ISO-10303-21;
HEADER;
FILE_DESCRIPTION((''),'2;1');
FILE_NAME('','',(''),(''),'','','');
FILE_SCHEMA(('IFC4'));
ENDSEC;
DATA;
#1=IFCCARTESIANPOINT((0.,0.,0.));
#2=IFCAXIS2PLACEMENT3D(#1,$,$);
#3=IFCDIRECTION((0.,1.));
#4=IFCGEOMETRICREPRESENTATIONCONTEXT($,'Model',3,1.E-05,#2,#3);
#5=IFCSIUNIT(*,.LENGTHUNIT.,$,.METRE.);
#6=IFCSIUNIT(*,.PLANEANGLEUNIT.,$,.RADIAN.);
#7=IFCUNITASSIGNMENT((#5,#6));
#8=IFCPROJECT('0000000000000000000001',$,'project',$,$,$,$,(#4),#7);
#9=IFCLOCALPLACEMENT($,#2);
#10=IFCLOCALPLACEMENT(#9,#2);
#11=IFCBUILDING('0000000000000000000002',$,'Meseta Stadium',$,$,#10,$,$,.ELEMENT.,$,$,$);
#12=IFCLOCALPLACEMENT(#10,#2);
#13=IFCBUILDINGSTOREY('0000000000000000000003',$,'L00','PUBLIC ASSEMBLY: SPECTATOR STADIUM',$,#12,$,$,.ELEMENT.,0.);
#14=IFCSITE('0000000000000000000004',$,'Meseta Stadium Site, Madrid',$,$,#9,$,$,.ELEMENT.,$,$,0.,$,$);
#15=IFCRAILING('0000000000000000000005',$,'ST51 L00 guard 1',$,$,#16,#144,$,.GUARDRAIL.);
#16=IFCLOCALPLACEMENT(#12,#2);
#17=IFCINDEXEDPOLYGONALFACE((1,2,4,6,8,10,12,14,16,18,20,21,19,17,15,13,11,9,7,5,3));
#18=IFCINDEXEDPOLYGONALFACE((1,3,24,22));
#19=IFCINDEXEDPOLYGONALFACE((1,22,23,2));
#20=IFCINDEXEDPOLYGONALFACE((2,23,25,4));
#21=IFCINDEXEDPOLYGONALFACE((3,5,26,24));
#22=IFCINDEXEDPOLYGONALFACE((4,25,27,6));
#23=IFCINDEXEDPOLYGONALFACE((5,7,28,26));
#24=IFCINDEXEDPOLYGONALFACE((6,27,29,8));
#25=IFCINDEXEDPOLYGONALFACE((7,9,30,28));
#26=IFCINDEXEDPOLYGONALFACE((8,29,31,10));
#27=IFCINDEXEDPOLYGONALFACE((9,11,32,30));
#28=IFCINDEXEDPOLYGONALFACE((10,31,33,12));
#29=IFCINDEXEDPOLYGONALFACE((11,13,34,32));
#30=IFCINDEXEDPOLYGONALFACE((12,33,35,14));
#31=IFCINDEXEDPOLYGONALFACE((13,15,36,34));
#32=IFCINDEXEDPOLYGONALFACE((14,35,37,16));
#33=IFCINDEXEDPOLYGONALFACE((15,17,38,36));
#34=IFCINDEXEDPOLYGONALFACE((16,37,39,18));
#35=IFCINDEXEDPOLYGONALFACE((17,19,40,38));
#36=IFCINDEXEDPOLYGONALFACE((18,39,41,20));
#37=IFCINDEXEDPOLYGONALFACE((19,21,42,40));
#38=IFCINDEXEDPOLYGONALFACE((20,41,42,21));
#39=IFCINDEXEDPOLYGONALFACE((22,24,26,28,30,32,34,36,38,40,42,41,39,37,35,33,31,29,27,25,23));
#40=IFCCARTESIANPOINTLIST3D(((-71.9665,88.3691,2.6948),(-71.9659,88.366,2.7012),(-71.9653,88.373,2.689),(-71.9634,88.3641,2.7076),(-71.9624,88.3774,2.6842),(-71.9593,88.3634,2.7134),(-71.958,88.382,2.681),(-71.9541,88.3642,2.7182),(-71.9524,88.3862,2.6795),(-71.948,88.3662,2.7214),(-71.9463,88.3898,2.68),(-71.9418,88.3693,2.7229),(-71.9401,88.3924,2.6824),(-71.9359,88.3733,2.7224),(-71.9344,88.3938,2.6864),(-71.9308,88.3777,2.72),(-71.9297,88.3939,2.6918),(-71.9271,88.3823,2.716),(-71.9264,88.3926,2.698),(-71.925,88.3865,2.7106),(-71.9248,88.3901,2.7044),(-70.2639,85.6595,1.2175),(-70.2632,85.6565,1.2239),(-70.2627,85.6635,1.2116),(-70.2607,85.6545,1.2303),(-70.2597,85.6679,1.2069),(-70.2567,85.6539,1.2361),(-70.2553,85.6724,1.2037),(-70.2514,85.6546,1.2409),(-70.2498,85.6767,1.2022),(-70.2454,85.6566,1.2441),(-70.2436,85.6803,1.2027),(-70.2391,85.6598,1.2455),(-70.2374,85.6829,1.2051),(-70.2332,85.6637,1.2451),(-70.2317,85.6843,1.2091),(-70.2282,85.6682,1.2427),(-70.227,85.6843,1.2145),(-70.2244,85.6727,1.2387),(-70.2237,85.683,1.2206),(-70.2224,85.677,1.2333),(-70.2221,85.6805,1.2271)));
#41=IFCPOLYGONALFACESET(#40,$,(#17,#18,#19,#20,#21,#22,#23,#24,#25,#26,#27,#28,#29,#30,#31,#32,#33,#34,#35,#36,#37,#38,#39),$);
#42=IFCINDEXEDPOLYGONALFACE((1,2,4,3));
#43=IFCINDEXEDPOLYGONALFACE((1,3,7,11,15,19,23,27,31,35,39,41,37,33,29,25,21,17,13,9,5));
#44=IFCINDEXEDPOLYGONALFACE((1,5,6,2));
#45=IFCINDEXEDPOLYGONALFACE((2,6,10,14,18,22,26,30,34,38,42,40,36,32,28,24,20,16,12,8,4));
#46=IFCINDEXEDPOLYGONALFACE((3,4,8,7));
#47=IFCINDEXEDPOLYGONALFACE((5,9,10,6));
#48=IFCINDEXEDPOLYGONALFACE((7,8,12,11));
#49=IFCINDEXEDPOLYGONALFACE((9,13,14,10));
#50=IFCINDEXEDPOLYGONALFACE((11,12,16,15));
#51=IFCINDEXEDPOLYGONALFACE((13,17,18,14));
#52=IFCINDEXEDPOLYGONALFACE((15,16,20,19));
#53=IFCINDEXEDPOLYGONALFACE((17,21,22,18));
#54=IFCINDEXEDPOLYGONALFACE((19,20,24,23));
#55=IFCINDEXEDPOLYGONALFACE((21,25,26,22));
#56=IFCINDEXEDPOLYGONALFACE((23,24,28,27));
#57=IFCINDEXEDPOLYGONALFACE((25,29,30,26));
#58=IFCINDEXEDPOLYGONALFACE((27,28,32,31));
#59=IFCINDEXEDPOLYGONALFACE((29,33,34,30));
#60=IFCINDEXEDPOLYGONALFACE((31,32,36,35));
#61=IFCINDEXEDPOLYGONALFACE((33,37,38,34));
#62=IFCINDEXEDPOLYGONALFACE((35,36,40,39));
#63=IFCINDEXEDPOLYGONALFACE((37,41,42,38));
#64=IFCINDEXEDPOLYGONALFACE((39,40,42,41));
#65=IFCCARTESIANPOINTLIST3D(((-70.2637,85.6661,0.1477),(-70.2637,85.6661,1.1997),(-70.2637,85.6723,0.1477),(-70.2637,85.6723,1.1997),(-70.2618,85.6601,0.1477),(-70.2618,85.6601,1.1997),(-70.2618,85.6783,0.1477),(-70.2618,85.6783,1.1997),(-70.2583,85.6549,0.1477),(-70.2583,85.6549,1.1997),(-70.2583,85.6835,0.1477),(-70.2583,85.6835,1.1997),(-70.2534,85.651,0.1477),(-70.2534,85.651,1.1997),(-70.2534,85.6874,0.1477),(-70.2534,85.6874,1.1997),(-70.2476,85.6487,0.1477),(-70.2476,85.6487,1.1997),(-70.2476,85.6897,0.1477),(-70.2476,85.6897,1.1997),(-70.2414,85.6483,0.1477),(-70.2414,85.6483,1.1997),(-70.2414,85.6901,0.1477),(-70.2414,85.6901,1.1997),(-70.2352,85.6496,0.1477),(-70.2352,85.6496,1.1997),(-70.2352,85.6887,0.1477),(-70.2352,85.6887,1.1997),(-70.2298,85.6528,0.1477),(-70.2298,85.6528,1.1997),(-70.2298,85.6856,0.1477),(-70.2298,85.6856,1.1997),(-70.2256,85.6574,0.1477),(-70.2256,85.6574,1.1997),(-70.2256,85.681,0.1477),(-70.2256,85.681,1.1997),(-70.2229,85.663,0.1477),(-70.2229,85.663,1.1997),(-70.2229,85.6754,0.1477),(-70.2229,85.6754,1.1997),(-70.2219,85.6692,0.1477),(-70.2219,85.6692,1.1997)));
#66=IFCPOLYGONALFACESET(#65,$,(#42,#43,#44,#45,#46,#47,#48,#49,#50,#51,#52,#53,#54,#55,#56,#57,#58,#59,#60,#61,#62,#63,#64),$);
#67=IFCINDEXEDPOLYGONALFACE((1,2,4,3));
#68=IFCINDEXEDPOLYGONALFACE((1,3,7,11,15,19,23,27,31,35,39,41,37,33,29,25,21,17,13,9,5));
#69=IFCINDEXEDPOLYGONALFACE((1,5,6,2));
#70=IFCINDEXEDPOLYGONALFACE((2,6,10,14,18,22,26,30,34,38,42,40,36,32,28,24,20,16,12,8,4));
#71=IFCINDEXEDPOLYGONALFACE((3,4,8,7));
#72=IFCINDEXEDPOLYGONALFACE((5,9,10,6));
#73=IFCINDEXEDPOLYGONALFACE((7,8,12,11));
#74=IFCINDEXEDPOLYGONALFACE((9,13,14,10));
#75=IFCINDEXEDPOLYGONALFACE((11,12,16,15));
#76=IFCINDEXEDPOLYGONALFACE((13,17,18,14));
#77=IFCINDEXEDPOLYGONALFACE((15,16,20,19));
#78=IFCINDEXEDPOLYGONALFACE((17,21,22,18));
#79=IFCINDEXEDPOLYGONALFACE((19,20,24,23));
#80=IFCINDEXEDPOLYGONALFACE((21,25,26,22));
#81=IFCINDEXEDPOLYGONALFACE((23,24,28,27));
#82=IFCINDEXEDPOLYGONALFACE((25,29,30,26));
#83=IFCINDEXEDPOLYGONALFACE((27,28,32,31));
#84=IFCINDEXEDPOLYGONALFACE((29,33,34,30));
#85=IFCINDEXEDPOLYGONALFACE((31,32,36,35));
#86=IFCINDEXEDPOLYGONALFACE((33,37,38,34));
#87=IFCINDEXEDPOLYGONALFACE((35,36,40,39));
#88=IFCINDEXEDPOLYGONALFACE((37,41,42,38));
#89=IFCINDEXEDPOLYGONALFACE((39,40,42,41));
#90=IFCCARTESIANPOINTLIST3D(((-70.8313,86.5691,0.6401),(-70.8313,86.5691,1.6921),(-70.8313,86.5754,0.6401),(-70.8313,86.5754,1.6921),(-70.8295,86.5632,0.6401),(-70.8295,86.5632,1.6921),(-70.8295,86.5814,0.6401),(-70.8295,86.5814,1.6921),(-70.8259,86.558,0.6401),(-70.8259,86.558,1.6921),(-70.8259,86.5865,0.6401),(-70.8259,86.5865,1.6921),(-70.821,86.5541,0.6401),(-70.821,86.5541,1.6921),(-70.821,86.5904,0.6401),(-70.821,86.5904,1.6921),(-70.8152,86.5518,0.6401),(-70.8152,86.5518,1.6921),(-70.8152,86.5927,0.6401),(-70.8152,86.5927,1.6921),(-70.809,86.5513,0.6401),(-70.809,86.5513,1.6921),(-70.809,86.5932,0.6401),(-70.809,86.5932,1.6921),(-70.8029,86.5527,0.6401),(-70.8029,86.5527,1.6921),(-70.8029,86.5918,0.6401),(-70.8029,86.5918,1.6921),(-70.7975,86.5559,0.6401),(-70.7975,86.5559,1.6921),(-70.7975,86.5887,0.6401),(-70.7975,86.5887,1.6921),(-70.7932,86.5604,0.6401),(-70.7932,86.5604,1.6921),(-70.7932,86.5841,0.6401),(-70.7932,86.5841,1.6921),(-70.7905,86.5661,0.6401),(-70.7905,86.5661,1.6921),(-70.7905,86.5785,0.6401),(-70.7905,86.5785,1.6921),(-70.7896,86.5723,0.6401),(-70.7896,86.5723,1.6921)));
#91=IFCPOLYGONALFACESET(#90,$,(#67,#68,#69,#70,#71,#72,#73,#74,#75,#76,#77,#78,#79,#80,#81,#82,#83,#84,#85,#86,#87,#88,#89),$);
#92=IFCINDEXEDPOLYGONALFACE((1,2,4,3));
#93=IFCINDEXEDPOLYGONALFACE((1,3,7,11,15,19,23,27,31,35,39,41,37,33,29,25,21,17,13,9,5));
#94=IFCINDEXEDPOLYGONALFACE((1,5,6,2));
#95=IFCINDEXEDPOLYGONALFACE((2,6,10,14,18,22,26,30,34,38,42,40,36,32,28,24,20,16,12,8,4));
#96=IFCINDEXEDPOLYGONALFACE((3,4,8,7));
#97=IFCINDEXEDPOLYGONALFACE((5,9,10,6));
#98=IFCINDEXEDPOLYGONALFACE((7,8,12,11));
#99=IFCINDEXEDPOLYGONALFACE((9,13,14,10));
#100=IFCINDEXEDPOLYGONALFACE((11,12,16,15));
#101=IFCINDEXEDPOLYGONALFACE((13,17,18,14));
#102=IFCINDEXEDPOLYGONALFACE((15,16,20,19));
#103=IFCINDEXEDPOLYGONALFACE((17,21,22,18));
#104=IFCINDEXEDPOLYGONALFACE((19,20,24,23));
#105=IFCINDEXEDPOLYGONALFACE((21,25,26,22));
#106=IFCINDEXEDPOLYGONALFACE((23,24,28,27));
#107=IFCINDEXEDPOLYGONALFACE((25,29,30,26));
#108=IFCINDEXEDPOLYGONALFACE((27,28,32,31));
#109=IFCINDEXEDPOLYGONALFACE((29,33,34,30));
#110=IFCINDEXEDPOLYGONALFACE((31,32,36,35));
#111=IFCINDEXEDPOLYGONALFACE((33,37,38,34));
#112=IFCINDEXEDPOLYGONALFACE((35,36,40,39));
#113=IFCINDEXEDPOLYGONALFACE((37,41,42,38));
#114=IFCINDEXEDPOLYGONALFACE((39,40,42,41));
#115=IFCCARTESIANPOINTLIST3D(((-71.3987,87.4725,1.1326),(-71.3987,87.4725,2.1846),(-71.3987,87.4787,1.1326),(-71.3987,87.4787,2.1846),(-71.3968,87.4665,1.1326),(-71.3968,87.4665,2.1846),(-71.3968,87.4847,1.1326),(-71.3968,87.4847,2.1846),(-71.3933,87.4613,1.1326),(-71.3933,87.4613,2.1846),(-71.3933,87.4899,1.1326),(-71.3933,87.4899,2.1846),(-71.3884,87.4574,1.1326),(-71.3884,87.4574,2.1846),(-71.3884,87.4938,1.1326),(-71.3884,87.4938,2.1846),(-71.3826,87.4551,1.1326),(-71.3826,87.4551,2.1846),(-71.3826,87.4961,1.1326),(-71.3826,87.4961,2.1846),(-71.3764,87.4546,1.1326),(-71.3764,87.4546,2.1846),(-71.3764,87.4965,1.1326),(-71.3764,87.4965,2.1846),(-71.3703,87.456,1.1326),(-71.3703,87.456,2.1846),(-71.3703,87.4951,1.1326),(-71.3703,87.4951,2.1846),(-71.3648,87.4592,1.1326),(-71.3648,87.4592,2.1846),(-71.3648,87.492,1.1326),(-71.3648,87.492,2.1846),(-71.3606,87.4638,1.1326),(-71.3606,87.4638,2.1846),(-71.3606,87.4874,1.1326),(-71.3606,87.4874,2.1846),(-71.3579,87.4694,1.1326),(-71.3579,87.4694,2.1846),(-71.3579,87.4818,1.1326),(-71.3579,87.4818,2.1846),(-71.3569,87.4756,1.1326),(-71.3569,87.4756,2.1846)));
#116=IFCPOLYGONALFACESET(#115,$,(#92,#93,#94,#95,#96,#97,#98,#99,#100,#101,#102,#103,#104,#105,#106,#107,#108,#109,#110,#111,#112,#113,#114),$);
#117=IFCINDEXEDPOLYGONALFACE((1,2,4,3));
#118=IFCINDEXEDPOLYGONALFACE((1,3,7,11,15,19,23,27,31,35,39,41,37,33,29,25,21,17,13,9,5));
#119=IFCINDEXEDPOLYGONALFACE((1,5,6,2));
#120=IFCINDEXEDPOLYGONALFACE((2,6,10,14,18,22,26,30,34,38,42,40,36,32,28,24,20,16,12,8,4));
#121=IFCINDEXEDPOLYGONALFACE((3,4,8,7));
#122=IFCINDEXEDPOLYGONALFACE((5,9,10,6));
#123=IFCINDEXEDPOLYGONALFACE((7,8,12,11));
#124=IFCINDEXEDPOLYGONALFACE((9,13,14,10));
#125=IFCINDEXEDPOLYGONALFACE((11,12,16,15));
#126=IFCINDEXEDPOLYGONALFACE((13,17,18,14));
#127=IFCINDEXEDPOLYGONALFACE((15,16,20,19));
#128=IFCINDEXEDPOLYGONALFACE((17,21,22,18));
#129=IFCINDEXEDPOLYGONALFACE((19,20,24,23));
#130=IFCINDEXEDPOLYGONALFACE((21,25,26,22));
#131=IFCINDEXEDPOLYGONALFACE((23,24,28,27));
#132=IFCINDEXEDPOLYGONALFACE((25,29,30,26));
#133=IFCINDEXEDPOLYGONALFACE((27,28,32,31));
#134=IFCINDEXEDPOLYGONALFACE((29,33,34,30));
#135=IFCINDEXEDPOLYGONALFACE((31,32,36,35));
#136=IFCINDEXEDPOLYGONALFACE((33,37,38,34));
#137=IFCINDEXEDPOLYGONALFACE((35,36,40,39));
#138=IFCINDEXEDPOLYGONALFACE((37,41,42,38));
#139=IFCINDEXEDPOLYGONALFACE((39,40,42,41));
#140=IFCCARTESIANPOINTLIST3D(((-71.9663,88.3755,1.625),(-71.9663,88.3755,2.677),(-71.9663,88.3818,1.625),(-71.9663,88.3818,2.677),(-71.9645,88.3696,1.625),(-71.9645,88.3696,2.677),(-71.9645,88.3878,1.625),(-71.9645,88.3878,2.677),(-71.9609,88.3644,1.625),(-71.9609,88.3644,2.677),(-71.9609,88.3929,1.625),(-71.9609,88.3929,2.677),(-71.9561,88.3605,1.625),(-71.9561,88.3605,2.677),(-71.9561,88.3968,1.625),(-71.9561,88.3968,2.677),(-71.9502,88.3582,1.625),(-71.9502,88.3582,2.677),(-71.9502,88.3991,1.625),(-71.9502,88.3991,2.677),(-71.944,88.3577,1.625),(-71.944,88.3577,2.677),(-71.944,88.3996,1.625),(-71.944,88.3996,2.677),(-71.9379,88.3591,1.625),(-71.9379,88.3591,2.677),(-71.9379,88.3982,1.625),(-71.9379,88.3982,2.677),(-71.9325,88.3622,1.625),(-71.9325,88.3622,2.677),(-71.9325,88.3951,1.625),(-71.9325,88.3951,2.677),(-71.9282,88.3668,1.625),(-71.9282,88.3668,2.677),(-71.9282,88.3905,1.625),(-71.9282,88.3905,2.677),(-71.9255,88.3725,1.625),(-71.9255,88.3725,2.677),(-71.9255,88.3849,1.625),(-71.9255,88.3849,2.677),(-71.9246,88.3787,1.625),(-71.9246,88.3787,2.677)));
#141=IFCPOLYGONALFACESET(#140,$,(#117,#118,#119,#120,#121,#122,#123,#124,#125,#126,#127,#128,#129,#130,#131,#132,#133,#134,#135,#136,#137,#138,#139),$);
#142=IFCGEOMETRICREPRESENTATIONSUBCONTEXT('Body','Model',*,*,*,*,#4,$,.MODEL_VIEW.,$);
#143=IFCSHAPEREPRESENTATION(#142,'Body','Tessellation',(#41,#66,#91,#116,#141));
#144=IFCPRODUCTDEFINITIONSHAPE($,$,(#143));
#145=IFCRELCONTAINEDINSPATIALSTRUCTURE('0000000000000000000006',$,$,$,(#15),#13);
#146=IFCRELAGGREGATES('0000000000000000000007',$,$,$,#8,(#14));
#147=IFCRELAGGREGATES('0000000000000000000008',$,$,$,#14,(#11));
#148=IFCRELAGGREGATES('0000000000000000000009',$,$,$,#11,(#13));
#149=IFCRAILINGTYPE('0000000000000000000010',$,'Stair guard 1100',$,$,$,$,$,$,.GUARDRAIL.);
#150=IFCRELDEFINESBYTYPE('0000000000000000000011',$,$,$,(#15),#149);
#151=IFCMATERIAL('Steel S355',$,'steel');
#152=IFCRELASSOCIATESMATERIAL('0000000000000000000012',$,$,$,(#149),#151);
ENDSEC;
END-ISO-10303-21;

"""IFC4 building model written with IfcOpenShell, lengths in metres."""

from ifc_helpers import new_model, si_unit, direction, frame, origin, origin_2d, place, context, subcontext, project, spatial, circle, extrude, material, type_object, element, save


model = new_model("IFC4")

# Units and contexts
model_context = context("Model", 3, precision=1e-05, world=origin(), true_north=direction((0.0, 1.0)))
body_context = subcontext(model_context, "Body", "Model", "MODEL_VIEW")
ifc_project = project(units=[si_unit("LENGTHUNIT", "METRE"), si_unit("PLANEANGLEUNIT", "RADIAN")], contexts=[model_context])

# Site, building, storey
site_placement = place(None, origin())
site = spatial("IfcSite", under=ifc_project, at=site_placement, Name="Meseta Stadium Site, Madrid", CompositionType="ELEMENT", RefElevation=0.0)
building_placement = place(site_placement, origin())
building = spatial("IfcBuilding", under=site, at=building_placement, Name="Meseta Stadium", CompositionType="ELEMENT")
storey_placement = place(building_placement, origin())
storey = spatial("IfcBuildingStorey", under=building, at=storey_placement, Name="L00", Description="PUBLIC ASSEMBLY: SPECTATOR STADIUM", CompositionType="ELEMENT", Elevation=0.0)

# Railing
ifc_material_1 = material(Name="Steel S355", Category="steel")
railing_type_1 = type_object("IfcRailingType", Name="Stair guard 1100", PredefinedType="GUARDRAIL", material=ifc_material_1)
railing_1_placement = place(storey_placement, frame((-70.2429, 85.6692, 0.1477)))
element("IfcRailing", 1, at=railing_1_placement, inside=storey, type_object=railing_type_1, Name="ST51 L00 guard 1", PredefinedType="GUARDRAIL", context=body_context, shape_type="SweptSolid", body=[
    extrude(circle(Radius=0.0239, at=origin_2d()), frame((0.0, 0.0, 1.0762), z_axis=(-0.483076, 0.768738, 0.419142), x_axis=(-0.846701, -0.532068, 0.0)), (0.0, 0.0, 1.0), 3.5247),
    extrude(circle(Radius=0.021, at=origin_2d()), origin(), (0.0, 0.0, 1.0), 1.052),
    extrude(circle(Radius=0.021, at=origin_2d()), frame((-0.5676, 0.9031, 0.4924)), (0.0, 0.0, 1.0), 1.052),
    extrude(circle(Radius=0.021, at=origin_2d()), frame((-1.135, 1.8064, 0.9849)), (0.0, 0.0, 1.0), 1.052),
    extrude(circle(Radius=0.021, at=origin_2d()), frame((-1.7026, 2.7095, 1.4773)), (0.0, 0.0, 1.0), 1.052),
])

save(model, "model.ifc")
